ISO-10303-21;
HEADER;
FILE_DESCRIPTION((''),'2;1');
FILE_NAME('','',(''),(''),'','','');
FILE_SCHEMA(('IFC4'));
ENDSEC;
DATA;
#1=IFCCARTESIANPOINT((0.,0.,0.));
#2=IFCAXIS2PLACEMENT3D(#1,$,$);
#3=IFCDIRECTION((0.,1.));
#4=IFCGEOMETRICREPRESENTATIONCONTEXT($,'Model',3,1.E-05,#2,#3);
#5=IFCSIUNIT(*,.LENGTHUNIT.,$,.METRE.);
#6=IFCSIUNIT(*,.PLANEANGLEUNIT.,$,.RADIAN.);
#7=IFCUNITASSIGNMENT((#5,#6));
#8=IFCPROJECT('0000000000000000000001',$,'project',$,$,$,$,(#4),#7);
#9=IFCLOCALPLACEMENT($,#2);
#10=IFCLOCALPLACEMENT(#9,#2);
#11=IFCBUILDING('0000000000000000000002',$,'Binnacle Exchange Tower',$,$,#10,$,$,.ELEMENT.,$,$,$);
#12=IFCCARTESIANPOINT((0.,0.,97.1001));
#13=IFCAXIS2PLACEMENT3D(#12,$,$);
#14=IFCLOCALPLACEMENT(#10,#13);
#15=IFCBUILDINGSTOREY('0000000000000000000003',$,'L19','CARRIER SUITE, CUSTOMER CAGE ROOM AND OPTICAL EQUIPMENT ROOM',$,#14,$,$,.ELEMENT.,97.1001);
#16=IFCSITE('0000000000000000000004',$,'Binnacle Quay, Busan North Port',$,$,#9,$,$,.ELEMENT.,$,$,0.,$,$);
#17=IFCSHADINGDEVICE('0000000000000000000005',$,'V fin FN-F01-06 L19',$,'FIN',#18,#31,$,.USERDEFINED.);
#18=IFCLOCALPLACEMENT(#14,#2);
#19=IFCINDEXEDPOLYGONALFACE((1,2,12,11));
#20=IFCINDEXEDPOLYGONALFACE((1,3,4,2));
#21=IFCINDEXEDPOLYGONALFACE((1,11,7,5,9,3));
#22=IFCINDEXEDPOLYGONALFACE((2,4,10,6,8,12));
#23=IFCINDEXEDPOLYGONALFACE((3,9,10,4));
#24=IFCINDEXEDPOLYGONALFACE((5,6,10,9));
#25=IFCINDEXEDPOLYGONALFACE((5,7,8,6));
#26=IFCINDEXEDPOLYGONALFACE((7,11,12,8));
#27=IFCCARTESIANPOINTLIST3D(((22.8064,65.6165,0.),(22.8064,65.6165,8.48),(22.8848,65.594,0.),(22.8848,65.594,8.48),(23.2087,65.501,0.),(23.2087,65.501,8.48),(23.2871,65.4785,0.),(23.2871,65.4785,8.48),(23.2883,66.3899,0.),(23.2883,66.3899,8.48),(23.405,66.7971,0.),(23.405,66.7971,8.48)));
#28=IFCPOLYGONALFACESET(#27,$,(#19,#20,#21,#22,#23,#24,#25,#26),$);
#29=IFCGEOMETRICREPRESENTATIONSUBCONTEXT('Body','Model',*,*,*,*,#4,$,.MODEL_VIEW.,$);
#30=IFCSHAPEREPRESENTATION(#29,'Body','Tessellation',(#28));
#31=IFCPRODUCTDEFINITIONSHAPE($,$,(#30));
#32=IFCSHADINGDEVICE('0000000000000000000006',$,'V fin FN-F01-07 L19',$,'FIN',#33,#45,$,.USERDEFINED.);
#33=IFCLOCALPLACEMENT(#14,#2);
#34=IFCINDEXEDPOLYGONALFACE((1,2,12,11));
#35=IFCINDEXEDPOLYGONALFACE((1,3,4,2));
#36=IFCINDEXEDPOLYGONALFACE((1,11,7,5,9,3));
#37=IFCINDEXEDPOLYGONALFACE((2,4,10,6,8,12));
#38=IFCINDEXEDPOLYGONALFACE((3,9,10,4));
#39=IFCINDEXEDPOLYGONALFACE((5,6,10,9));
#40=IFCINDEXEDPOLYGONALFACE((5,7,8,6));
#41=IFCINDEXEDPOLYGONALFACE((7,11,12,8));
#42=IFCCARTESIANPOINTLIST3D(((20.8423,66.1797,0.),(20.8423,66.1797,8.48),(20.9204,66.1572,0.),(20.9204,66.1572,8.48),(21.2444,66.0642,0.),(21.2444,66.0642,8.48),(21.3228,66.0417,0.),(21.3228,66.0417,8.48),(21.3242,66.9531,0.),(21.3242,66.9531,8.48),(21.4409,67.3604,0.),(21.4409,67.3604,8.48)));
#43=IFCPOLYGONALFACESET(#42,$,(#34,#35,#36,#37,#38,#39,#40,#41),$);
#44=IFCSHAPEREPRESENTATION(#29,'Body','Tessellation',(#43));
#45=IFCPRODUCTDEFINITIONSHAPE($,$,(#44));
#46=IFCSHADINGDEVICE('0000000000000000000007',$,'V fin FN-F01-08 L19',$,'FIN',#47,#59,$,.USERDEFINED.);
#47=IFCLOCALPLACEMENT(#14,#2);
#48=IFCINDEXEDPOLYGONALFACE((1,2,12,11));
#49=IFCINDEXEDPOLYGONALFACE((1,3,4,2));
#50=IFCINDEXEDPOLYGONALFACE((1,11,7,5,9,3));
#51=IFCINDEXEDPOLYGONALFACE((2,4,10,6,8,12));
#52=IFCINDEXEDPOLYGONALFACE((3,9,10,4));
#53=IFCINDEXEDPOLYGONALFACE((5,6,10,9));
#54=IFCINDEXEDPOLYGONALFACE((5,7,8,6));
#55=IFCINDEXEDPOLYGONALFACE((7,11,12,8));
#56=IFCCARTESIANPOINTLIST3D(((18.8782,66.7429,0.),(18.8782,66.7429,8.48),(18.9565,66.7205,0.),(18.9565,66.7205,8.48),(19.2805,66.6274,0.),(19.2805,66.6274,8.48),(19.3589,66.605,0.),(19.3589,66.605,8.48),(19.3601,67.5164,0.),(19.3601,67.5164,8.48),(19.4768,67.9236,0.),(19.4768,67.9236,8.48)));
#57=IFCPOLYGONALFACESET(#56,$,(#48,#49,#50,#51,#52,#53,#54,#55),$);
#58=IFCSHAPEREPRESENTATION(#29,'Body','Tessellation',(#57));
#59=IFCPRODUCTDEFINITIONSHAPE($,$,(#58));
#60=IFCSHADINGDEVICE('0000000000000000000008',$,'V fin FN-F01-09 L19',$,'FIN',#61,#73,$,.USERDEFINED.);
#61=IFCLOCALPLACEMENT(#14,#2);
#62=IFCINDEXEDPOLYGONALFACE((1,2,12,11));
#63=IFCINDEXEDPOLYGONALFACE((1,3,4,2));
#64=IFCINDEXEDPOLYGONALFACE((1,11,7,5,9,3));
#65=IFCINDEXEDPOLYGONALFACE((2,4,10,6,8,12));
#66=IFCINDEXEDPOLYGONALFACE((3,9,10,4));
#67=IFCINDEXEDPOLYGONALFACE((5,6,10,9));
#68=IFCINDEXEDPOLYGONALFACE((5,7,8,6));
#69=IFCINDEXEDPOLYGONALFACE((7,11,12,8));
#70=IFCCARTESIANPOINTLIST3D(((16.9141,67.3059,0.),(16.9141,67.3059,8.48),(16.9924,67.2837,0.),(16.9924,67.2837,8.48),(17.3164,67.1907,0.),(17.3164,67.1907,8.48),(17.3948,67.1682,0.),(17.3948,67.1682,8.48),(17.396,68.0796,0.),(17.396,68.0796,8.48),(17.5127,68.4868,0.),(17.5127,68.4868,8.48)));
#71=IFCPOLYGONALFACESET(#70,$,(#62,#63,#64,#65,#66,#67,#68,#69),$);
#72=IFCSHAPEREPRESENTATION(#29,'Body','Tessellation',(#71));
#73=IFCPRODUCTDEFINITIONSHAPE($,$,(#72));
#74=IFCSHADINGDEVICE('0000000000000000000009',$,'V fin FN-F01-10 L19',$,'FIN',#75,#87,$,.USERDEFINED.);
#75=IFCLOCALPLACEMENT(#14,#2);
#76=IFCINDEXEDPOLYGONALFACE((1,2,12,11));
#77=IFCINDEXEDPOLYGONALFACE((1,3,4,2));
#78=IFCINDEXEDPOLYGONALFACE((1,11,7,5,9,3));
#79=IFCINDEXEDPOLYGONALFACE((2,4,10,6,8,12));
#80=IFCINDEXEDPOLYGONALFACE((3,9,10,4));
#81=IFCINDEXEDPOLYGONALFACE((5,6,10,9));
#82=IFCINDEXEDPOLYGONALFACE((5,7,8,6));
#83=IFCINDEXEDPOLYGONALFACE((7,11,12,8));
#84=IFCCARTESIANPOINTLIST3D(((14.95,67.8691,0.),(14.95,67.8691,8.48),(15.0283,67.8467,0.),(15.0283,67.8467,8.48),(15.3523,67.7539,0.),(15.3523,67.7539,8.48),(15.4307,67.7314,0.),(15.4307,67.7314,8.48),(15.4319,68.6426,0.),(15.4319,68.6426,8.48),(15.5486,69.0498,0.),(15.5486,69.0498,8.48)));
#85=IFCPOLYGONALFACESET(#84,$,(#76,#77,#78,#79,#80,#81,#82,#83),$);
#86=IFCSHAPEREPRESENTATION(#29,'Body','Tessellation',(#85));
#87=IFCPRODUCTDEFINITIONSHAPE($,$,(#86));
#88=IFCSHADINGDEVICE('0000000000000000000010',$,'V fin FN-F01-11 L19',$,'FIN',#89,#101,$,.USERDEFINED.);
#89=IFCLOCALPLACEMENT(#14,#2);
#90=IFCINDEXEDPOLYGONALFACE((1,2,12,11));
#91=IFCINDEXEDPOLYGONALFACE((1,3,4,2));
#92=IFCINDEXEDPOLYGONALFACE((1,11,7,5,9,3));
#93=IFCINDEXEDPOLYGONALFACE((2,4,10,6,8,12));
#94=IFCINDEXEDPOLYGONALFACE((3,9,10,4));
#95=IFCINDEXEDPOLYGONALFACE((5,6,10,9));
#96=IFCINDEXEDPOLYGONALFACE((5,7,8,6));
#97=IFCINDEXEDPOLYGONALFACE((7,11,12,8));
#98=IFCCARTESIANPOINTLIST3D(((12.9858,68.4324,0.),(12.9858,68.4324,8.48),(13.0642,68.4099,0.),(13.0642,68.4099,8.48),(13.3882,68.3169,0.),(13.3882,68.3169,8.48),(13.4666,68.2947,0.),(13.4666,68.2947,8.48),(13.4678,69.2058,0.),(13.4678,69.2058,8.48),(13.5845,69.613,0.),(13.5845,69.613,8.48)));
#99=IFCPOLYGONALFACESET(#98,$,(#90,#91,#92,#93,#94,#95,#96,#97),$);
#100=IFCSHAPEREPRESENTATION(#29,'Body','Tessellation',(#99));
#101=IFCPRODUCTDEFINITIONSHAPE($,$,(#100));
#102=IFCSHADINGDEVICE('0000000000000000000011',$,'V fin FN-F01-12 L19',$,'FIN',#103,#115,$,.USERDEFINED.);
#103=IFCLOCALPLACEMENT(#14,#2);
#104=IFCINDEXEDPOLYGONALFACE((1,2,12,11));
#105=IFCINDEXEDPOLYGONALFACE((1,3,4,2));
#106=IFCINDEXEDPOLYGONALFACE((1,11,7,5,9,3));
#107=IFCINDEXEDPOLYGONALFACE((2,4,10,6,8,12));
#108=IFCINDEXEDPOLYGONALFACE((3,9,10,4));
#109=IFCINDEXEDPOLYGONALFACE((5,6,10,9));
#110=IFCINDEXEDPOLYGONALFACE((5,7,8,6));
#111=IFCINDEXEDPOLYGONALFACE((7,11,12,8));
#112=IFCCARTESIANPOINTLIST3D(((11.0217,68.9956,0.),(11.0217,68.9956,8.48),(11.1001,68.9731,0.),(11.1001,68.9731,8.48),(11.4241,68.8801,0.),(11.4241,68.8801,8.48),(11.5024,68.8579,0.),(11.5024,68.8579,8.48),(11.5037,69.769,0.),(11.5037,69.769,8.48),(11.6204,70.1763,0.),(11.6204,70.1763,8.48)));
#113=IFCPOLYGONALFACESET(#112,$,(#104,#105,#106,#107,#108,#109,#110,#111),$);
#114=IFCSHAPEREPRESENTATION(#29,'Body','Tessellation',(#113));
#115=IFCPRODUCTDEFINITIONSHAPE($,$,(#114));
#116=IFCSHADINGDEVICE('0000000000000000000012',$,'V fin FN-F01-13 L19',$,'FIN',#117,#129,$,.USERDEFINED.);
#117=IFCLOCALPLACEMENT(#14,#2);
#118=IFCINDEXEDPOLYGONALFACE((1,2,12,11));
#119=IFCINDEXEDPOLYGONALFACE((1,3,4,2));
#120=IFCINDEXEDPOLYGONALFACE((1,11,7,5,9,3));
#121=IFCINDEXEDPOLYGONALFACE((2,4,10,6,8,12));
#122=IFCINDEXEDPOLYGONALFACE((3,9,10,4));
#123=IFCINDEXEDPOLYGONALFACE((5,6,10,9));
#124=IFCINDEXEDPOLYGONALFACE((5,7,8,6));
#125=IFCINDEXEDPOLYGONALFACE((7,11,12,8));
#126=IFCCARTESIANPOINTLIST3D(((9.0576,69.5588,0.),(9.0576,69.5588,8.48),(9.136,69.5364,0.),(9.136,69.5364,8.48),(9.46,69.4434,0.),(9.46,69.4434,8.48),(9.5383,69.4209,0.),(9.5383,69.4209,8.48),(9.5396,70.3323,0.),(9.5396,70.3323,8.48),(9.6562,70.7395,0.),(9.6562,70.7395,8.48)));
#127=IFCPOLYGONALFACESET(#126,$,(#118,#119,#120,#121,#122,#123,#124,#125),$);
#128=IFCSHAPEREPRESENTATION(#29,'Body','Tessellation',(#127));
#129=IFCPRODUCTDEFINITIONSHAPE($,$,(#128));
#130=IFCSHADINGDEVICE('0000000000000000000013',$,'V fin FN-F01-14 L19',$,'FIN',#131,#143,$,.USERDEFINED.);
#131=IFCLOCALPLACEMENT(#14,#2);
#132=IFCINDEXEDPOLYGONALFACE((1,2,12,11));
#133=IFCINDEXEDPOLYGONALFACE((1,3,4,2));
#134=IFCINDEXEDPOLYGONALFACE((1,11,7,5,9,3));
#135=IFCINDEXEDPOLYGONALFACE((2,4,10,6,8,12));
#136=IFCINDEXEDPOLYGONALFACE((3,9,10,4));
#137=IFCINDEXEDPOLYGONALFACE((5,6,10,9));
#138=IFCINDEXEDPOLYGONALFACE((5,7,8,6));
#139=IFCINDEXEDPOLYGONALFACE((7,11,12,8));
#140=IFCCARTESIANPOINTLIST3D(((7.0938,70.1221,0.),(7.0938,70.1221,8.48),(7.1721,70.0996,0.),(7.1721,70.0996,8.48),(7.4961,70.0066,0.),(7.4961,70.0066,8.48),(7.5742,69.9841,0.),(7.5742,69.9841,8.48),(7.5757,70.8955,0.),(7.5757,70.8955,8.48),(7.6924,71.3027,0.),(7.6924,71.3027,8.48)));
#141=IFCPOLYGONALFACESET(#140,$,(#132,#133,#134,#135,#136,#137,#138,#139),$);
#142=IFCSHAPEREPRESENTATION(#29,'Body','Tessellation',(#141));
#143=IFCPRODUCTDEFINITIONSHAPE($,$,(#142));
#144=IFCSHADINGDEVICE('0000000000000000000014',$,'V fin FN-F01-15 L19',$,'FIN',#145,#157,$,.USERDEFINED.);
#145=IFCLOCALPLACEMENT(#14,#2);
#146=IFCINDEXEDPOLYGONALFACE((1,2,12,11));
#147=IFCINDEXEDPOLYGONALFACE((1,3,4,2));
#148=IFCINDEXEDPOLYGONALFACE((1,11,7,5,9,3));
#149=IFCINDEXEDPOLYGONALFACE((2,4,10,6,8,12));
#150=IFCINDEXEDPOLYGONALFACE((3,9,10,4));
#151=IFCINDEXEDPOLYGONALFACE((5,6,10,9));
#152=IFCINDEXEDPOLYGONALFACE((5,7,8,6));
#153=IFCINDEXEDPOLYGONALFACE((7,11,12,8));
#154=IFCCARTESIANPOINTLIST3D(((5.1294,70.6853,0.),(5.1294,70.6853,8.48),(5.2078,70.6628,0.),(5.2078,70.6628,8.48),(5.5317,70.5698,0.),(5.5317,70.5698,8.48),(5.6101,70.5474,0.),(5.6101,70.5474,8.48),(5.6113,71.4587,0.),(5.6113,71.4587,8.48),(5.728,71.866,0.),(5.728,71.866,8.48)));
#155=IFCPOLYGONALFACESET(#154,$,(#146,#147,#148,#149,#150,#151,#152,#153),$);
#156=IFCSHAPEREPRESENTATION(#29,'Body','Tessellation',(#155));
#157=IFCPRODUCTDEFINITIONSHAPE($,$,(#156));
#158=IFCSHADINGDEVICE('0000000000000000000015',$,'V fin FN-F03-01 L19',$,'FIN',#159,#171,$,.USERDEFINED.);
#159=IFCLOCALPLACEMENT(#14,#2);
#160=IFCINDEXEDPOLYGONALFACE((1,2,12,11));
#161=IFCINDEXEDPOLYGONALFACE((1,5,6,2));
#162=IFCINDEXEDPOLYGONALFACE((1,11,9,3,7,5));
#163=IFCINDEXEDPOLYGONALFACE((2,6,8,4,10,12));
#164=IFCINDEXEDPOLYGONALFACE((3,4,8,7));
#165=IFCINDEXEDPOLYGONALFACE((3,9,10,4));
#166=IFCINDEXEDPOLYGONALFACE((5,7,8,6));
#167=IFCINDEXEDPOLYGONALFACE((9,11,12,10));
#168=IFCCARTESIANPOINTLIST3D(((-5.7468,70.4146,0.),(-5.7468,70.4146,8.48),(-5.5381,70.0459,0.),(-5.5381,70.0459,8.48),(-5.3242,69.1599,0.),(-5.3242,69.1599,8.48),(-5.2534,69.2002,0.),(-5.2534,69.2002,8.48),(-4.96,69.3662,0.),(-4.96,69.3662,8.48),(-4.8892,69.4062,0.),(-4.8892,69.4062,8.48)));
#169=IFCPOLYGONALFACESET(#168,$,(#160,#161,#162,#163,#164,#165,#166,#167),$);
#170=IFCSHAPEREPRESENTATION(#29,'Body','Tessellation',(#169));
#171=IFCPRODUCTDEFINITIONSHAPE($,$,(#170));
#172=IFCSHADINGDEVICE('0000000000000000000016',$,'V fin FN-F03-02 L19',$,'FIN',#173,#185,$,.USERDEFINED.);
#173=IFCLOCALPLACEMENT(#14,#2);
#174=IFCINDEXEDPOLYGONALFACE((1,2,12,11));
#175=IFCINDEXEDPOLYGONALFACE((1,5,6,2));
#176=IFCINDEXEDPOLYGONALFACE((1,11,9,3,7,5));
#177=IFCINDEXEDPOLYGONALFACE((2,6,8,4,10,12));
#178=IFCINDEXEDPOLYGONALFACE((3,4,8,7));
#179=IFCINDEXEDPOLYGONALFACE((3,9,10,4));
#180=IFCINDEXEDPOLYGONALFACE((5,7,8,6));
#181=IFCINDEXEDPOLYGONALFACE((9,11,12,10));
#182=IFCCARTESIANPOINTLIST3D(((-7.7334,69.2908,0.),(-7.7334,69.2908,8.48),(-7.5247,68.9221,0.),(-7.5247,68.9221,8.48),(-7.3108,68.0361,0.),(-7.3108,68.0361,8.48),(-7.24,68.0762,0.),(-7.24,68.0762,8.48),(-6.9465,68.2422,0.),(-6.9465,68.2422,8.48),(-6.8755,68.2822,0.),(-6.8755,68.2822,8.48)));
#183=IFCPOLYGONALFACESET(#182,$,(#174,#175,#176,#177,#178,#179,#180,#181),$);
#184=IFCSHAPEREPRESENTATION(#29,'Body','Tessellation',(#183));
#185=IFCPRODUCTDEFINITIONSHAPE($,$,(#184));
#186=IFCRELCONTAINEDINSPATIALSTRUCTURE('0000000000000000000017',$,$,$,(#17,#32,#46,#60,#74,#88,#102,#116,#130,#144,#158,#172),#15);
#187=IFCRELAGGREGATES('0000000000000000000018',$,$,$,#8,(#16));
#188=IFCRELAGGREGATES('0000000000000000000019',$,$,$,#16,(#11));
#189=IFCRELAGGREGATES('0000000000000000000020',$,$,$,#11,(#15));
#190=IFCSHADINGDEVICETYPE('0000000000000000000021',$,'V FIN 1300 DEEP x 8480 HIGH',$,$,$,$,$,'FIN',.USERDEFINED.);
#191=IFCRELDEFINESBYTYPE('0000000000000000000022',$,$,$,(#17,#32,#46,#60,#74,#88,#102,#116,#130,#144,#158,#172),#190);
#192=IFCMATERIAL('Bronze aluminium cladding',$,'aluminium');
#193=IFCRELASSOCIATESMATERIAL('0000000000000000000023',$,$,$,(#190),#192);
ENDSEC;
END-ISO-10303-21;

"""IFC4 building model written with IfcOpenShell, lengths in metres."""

from ifc_helpers import new_model, si_unit, direction, frame, origin, place, context, subcontext, project, spatial, polyline, outline, extrude, material, type_object, element, save


model = new_model("IFC4")

# Units and contexts
model_context = context("Model", 3, precision=1e-05, world=origin(), true_north=direction((0.0, 1.0)))
body_context = subcontext(model_context, "Body", "Model", "MODEL_VIEW")
ifc_project = project(units=[si_unit("LENGTHUNIT", "METRE"), si_unit("PLANEANGLEUNIT", "RADIAN")], contexts=[model_context])

# Site, building, storey
site_placement = place(None, origin())
site = spatial("IfcSite", under=ifc_project, at=site_placement, Name="Binnacle Quay, Busan North Port", CompositionType="ELEMENT", RefElevation=0.0)
building_placement = place(site_placement, origin())
building = spatial("IfcBuilding", under=site, at=building_placement, Name="Binnacle Exchange Tower", CompositionType="ELEMENT")
storey_placement = place(building_placement, frame((0.0, 0.0, 97.1001)))
storey = spatial("IfcBuildingStorey", under=building, at=storey_placement, Name="L19", Description="CARRIER SUITE, CUSTOMER CAGE ROOM AND OPTICAL EQUIPMENT ROOM", CompositionType="ELEMENT", Elevation=97.1001)

# Shading devices
ifc_material_1 = material(Name="Bronze aluminium cladding", Category="aluminium")
shading_device_type = type_object("IfcShadingDeviceType", Name="V FIN 1300 DEEP x 8480 HIGH", ElementType="FIN", PredefinedType="USERDEFINED", material=ifc_material_1)
shading_device_1_placement = place(storey_placement, origin())
element("IfcShadingDevice", 1, at=shading_device_1_placement, inside=storey, type_object=shading_device_type, Name="V fin FN-F01-06 L19", ObjectType="FIN", PredefinedType="USERDEFINED", context=body_context, shape_type="SweptSolid", body=[
    extrude(outline(polyline([(23.2871, 65.4785), (23.405, 66.7971), (22.8064, 65.6165), (22.8848, 65.594), (23.2883, 66.3899), (23.2087, 65.501), (23.2871, 65.4785)])), origin(), (0.0, 0.0, 1.0), 8.48),
])
shading_device_2_placement = place(storey_placement, origin())
element("IfcShadingDevice", 2, at=shading_device_2_placement, inside=storey, type_object=shading_device_type, Name="V fin FN-F01-07 L19", ObjectType="FIN", PredefinedType="USERDEFINED", context=body_context, shape_type="SweptSolid", body=[
    extrude(outline(polyline([(21.3228, 66.0417), (21.4409, 67.3604), (20.8423, 66.1797), (20.9204, 66.1572), (21.3242, 66.9531), (21.2444, 66.0642), (21.3228, 66.0417)])), origin(), (0.0, 0.0, 1.0), 8.48),
])
shading_device_3_placement = place(storey_placement, origin())
element("IfcShadingDevice", 3, at=shading_device_3_placement, inside=storey, type_object=shading_device_type, Name="V fin FN-F01-08 L19", ObjectType="FIN", PredefinedType="USERDEFINED", context=body_context, shape_type="SweptSolid", body=[
    extrude(outline(polyline([(19.3589, 66.605), (19.4768, 67.9236), (18.8782, 66.7429), (18.9565, 66.7205), (19.3601, 67.5164), (19.2805, 66.6274), (19.3589, 66.605)])), origin(), (0.0, 0.0, 1.0), 8.48),
])
shading_device_4_placement = place(storey_placement, origin())
element("IfcShadingDevice", 4, at=shading_device_4_placement, inside=storey, type_object=shading_device_type, Name="V fin FN-F01-09 L19", ObjectType="FIN", PredefinedType="USERDEFINED", context=body_context, shape_type="SweptSolid", body=[
    extrude(outline(polyline([(17.3948, 67.1682), (17.5127, 68.4868), (16.9141, 67.3059), (16.9924, 67.2837), (17.396, 68.0796), (17.3164, 67.1907), (17.3948, 67.1682)])), origin(), (0.0, 0.0, 1.0), 8.48),
])
shading_device_5_placement = place(storey_placement, origin())
element("IfcShadingDevice", 5, at=shading_device_5_placement, inside=storey, type_object=shading_device_type, Name="V fin FN-F01-10 L19", ObjectType="FIN", PredefinedType="USERDEFINED", context=body_context, shape_type="SweptSolid", body=[
    extrude(outline(polyline([(15.4307, 67.7314), (15.5486, 69.0498), (14.95, 67.8691), (15.0283, 67.8467), (15.4319, 68.6426), (15.3523, 67.7539), (15.4307, 67.7314)])), origin(), (0.0, 0.0, 1.0), 8.48),
])
shading_device_6_placement = place(storey_placement, origin())
element("IfcShadingDevice", 6, at=shading_device_6_placement, inside=storey, type_object=shading_device_type, Name="V fin FN-F01-11 L19", ObjectType="FIN", PredefinedType="USERDEFINED", context=body_context, shape_type="SweptSolid", body=[
    extrude(outline(polyline([(13.4666, 68.2947), (13.5845, 69.613), (12.9858, 68.4324), (13.0642, 68.4099), (13.4678, 69.2058), (13.3882, 68.3169), (13.4666, 68.2947)])), origin(), (0.0, 0.0, 1.0), 8.48),
])
shading_device_7_placement = place(storey_placement, origin())
element("IfcShadingDevice", 7, at=shading_device_7_placement, inside=storey, type_object=shading_device_type, Name="V fin FN-F01-12 L19", ObjectType="FIN", PredefinedType="USERDEFINED", context=body_context, shape_type="SweptSolid", body=[
    extrude(outline(polyline([(11.5024, 68.8579), (11.6204, 70.1763), (11.0217, 68.9956), (11.1001, 68.9731), (11.5037, 69.769), (11.4241, 68.8801), (11.5024, 68.8579)])), origin(), (0.0, 0.0, 1.0), 8.48),
])
shading_device_8_placement = place(storey_placement, origin())
element("IfcShadingDevice", 8, at=shading_device_8_placement, inside=storey, type_object=shading_device_type, Name="V fin FN-F01-13 L19", ObjectType="FIN", PredefinedType="USERDEFINED", context=body_context, shape_type="SweptSolid", body=[
    extrude(outline(polyline([(9.5383, 69.4209), (9.6562, 70.7395), (9.0576, 69.5588), (9.136, 69.5364), (9.5396, 70.3323), (9.46, 69.4434), (9.5383, 69.4209)])), origin(), (0.0, 0.0, 1.0), 8.48),
])
shading_device_9_placement = place(storey_placement, origin())
element("IfcShadingDevice", 9, at=shading_device_9_placement, inside=storey, type_object=shading_device_type, Name="V fin FN-F01-14 L19", ObjectType="FIN", PredefinedType="USERDEFINED", context=body_context, shape_type="SweptSolid", body=[
    extrude(outline(polyline([(7.5742, 69.9841), (7.6924, 71.3027), (7.0938, 70.1221), (7.1721, 70.0996), (7.5757, 70.8955), (7.4961, 70.0066), (7.5742, 69.9841)])), origin(), (0.0, 0.0, 1.0), 8.48),
])
shading_device_10_placement = place(storey_placement, origin())
element("IfcShadingDevice", 10, at=shading_device_10_placement, inside=storey, type_object=shading_device_type, Name="V fin FN-F01-15 L19", ObjectType="FIN", PredefinedType="USERDEFINED", context=body_context, shape_type="SweptSolid", body=[
    extrude(outline(polyline([(5.6101, 70.5474), (5.728, 71.866), (5.1294, 70.6853), (5.2078, 70.6628), (5.6113, 71.4587), (5.5317, 70.5698), (5.6101, 70.5474)])), origin(), (0.0, 0.0, 1.0), 8.48),
])
shading_device_11_placement = place(storey_placement, origin())
element("IfcShadingDevice", 11, at=shading_device_11_placement, inside=storey, type_object=shading_device_type, Name="V fin FN-F03-01 L19", ObjectType="FIN", PredefinedType="USERDEFINED", context=body_context, shape_type="SweptSolid", body=[
    extrude(outline(polyline([(-4.8892, 69.4062), (-5.7468, 70.4146), (-5.3242, 69.1599), (-5.2534, 69.2002), (-5.5381, 70.0459), (-4.96, 69.3662), (-4.8892, 69.4062)])), origin(), (0.0, 0.0, 1.0), 8.48),
])
shading_device_12_placement = place(storey_placement, origin())
element("IfcShadingDevice", 12, at=shading_device_12_placement, inside=storey, type_object=shading_device_type, Name="V fin FN-F03-02 L19", ObjectType="FIN", PredefinedType="USERDEFINED", context=body_context, shape_type="SweptSolid", body=[
    extrude(outline(polyline([(-6.8755, 68.2822), (-7.7334, 69.2908), (-7.3108, 68.0361), (-7.24, 68.0762), (-7.5247, 68.9221), (-6.9465, 68.2422), (-6.8755, 68.2822)])), origin(), (0.0, 0.0, 1.0), 8.48),
])

save(model, "model.ifc")
